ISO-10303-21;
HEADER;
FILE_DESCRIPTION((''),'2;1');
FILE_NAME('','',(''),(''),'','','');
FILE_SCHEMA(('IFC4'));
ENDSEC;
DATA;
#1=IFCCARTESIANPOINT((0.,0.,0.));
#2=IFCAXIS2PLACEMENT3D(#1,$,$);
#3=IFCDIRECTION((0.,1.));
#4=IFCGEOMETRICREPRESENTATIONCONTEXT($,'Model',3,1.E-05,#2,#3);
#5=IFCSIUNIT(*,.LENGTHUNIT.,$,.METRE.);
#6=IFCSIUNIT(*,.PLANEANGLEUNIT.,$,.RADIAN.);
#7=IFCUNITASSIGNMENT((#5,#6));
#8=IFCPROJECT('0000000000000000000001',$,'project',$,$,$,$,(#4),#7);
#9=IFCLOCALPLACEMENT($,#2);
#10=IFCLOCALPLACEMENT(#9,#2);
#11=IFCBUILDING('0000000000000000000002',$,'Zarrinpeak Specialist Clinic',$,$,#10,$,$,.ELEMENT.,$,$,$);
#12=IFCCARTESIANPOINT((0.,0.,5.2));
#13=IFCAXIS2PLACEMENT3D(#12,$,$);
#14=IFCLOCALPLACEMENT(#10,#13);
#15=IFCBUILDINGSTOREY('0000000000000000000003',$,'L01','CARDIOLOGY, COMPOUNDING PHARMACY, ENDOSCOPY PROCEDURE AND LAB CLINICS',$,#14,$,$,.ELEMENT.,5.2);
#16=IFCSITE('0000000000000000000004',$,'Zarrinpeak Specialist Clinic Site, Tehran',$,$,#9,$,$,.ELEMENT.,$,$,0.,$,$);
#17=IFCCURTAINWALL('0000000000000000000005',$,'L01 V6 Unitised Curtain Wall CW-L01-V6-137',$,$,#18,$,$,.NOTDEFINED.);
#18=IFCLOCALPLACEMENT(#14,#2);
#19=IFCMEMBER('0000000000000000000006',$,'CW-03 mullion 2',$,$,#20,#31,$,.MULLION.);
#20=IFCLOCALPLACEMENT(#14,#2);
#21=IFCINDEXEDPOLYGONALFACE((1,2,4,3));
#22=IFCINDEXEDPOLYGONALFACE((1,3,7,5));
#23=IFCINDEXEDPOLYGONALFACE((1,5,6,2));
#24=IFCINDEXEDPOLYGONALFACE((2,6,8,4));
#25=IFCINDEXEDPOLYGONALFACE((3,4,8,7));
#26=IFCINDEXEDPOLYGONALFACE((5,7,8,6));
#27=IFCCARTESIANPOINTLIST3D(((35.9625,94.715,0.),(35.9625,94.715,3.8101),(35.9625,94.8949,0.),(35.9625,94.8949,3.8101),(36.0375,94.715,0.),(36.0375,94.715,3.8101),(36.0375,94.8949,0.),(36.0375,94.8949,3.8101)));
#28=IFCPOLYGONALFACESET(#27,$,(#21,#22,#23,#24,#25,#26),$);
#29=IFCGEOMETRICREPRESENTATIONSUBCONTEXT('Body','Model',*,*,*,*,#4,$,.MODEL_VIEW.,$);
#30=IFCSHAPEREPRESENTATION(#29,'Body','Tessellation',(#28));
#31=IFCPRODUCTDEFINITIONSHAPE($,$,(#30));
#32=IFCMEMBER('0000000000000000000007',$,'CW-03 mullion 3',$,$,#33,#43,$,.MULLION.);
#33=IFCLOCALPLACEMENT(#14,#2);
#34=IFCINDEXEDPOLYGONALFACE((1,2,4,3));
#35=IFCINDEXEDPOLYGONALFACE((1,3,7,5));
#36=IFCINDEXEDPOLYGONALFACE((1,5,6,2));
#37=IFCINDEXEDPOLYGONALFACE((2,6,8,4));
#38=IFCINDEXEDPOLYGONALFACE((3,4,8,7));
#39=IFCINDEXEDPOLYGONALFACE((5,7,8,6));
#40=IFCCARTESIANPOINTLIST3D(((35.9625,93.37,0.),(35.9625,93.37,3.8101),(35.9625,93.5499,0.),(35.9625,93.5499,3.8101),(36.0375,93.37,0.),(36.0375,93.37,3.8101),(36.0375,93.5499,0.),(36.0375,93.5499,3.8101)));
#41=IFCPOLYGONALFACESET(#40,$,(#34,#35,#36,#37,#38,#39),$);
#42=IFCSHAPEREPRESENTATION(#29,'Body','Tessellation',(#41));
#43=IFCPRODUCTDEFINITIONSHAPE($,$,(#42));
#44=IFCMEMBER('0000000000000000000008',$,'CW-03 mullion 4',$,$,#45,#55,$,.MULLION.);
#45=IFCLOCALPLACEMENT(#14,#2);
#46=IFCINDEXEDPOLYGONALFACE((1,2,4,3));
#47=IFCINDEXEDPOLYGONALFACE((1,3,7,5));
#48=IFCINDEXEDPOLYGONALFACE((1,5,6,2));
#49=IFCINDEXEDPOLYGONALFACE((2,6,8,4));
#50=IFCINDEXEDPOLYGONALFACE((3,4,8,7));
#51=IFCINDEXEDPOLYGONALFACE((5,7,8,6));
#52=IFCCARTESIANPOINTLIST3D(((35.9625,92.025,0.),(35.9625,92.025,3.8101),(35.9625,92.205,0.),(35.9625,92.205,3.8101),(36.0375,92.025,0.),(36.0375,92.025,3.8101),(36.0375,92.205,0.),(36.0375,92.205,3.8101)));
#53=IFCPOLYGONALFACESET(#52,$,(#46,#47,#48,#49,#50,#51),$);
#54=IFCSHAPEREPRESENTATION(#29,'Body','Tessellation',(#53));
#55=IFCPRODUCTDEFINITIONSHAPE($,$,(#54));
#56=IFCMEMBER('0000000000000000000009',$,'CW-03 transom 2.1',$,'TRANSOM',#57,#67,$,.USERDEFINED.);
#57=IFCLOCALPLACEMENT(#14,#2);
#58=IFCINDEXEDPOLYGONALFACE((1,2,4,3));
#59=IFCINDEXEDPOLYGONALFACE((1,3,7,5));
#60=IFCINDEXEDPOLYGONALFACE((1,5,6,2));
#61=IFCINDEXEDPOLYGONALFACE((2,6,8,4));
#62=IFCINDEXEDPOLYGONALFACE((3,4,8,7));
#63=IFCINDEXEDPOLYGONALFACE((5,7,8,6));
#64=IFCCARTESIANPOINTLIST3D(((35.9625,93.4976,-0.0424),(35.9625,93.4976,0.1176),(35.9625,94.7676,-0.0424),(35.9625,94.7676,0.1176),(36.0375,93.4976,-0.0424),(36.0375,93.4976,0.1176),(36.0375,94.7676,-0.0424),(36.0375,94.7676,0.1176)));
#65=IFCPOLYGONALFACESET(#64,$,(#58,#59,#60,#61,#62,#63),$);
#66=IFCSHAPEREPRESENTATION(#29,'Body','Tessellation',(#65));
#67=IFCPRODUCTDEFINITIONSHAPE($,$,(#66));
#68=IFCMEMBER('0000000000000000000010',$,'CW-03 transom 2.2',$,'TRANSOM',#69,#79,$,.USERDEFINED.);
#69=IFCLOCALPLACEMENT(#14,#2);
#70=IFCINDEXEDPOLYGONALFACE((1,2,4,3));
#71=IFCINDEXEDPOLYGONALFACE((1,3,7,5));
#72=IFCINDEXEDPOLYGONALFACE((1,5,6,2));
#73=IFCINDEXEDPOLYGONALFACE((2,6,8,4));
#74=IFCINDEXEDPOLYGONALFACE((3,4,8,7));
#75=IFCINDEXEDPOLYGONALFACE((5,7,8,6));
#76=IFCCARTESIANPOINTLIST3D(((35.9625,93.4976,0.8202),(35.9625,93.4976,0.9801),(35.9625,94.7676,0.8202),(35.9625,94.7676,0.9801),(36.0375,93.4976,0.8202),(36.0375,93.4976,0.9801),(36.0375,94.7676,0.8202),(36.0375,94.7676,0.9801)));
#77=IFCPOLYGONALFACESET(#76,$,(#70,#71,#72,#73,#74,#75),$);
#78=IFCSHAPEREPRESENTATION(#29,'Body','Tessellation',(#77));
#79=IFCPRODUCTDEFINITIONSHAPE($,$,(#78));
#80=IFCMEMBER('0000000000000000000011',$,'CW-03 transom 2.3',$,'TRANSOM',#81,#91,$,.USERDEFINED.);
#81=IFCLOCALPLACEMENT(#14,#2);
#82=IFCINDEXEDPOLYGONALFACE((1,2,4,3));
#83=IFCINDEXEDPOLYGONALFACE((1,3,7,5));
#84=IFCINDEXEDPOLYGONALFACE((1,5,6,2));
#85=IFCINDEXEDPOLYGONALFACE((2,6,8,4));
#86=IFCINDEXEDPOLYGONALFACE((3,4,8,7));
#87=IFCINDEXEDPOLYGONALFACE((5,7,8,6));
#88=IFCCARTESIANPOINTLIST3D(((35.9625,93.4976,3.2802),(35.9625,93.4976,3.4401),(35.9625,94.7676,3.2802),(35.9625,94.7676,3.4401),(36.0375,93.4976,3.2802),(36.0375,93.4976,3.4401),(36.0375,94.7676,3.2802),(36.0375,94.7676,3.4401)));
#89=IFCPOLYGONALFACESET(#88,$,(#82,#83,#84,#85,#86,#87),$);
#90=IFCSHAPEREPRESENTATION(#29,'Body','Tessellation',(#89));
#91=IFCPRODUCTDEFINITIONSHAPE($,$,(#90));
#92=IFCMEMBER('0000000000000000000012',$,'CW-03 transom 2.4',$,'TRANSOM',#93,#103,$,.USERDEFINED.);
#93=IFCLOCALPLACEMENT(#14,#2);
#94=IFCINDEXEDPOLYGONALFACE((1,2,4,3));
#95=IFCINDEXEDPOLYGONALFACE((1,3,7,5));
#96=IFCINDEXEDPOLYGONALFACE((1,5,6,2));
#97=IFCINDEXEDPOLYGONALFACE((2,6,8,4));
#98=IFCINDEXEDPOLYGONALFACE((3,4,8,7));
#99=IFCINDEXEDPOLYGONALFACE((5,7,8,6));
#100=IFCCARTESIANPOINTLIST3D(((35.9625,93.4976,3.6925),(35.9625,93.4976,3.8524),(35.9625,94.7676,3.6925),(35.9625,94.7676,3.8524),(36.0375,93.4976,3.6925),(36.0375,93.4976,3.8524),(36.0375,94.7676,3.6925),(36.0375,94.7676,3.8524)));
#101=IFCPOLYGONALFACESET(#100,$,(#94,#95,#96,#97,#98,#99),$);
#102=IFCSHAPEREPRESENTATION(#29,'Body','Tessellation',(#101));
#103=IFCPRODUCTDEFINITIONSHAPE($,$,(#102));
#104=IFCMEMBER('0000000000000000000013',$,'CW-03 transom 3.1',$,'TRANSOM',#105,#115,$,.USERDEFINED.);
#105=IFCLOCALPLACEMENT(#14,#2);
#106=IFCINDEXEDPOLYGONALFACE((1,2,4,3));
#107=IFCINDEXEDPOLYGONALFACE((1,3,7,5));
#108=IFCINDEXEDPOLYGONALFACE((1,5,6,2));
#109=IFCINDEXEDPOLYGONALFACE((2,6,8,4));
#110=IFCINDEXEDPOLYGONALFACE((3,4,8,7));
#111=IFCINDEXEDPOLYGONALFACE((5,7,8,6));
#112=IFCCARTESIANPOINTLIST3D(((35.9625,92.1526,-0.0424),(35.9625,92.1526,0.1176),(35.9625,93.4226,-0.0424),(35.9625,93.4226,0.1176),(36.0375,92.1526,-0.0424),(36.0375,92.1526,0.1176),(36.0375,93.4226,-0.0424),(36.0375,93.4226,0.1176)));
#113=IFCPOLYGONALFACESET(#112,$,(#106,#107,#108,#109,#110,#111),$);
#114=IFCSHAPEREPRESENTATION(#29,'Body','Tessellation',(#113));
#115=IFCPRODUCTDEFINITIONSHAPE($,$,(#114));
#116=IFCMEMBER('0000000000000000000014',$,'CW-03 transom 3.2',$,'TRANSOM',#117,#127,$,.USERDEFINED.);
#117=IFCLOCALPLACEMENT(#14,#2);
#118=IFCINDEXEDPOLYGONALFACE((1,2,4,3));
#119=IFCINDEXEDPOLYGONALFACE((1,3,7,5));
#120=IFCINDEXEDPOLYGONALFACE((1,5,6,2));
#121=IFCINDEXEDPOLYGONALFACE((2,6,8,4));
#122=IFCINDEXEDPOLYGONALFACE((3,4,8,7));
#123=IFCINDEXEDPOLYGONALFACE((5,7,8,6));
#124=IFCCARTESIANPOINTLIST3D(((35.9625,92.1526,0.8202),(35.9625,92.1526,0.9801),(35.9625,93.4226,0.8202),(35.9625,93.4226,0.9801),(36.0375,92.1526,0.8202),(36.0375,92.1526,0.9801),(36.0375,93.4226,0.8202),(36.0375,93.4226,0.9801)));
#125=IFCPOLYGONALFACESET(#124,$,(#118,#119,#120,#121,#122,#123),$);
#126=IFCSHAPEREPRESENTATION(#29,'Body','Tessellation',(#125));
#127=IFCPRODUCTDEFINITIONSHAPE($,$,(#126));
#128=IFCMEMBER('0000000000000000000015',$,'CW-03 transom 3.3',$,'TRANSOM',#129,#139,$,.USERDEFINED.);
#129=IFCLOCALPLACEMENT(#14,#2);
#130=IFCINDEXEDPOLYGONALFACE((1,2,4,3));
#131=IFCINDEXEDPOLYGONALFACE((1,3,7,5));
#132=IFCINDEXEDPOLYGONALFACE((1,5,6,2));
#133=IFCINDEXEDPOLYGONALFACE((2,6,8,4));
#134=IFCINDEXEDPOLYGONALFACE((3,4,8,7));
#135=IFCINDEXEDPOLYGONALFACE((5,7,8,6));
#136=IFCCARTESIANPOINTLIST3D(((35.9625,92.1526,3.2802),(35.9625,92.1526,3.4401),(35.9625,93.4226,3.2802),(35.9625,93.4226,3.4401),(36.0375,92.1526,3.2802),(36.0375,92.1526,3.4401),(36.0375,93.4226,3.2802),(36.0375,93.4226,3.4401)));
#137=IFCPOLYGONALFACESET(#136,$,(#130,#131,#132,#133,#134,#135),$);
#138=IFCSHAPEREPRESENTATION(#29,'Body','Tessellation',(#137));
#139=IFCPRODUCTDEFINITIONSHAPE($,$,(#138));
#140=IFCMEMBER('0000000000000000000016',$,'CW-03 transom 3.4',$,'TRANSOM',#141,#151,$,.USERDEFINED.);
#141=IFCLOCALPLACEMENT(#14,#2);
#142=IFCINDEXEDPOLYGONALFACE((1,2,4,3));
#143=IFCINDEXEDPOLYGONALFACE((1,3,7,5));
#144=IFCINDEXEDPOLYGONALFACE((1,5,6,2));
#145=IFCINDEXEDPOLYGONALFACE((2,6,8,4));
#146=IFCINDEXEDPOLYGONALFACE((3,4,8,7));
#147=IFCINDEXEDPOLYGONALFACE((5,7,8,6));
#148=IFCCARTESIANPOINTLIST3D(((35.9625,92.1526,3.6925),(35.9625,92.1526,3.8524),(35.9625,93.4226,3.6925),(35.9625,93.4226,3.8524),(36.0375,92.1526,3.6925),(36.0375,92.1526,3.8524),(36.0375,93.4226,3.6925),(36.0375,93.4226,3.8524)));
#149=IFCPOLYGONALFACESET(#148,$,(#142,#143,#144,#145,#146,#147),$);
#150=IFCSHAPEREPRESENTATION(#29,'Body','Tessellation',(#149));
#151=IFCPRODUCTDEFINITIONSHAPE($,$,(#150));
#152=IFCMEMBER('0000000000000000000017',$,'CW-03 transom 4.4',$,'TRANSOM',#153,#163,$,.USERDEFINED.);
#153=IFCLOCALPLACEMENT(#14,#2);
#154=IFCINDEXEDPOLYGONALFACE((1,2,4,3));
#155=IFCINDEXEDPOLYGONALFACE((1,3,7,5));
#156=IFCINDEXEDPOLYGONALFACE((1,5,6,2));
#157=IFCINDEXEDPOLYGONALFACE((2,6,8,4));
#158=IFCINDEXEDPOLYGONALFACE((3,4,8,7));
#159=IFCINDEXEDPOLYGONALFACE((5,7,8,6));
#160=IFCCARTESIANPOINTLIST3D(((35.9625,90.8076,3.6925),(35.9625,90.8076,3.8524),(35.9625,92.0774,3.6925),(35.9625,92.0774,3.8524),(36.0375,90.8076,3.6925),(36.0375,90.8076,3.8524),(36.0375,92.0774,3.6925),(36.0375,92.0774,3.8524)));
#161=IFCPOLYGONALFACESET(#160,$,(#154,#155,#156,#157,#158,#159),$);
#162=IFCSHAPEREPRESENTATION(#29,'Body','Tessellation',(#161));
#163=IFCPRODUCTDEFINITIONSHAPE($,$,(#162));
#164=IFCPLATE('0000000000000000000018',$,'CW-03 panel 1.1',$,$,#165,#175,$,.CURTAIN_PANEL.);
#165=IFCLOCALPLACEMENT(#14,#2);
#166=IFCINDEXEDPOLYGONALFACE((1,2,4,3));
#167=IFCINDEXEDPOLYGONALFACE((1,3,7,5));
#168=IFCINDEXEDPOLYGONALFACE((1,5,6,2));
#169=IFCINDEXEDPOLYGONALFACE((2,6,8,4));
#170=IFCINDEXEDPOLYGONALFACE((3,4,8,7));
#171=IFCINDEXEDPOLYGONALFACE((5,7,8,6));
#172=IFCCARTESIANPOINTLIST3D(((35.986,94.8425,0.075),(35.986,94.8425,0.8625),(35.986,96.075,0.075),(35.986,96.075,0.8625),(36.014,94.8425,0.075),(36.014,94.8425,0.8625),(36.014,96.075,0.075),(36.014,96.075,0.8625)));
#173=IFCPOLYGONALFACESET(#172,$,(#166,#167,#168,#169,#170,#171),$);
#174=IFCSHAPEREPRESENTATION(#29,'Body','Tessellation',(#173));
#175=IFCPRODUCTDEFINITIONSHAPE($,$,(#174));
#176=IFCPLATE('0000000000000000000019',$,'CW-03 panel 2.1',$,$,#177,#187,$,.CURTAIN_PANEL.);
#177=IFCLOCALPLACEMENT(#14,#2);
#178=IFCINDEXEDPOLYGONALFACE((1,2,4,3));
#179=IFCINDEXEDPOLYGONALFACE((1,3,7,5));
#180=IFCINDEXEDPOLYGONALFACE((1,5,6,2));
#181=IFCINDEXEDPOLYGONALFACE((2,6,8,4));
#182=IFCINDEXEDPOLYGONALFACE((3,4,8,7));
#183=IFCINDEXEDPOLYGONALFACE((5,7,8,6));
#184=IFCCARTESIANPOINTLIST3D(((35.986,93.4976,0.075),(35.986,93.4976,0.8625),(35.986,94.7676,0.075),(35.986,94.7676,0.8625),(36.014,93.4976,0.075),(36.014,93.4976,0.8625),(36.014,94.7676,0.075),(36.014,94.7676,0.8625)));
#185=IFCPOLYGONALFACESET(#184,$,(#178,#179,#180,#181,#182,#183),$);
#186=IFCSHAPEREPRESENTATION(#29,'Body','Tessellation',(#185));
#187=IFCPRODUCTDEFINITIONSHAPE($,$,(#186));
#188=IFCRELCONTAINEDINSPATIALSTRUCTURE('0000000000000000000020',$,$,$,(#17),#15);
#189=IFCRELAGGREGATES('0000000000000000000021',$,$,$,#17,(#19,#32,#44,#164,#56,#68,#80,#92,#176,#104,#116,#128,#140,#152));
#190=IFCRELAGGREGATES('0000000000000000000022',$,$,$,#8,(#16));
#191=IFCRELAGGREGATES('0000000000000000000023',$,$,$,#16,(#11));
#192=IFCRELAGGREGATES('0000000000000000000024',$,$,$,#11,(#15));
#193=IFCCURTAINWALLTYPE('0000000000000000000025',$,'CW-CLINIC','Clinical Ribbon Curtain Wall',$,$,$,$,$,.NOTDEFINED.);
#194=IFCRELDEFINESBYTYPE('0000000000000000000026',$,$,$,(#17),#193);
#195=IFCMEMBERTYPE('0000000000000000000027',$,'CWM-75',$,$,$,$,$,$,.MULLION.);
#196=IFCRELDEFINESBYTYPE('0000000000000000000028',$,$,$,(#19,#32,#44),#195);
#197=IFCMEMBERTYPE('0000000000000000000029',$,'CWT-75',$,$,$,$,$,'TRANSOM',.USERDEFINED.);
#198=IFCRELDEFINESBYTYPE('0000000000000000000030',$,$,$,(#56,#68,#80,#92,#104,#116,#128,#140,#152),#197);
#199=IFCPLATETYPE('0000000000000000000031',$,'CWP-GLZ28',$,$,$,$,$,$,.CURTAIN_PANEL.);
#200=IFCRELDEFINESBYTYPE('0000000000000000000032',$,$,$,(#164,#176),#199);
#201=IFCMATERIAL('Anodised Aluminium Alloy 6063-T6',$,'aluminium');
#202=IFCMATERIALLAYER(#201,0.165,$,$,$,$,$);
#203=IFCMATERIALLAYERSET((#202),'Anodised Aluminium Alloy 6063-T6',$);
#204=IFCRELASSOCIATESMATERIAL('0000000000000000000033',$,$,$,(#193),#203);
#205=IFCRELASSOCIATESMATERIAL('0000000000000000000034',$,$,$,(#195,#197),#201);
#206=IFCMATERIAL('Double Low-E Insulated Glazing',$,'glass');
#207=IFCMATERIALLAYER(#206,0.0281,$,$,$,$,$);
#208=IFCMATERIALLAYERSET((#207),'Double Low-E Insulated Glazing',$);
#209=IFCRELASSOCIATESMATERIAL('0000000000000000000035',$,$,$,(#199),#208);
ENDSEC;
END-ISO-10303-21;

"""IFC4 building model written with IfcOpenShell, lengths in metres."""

from ifc_helpers import new_model, si_unit, direction, frame, origin, origin_2d, place, context, subcontext, project, spatial, rectangle, extrude, material, layer, layer_set, material_profile, profile_set, type_object, element, aggregate, save


model = new_model("IFC4")

# Units and contexts
model_context = context("Model", 3, precision=1e-05, world=origin(), true_north=direction((0.0, 1.0)))
body_context = subcontext(model_context, "Body", "Model", "MODEL_VIEW")
ifc_project = project(units=[si_unit("LENGTHUNIT", "METRE"), si_unit("PLANEANGLEUNIT", "RADIAN")], contexts=[model_context])

# Site, building, storey
site_placement = place(None, origin())
site = spatial("IfcSite", under=ifc_project, at=site_placement, Name="Zarrinpeak Specialist Clinic Site, Tehran", CompositionType="ELEMENT", RefElevation=0.0)
building_placement = place(site_placement, origin())
building = spatial("IfcBuilding", under=site, at=building_placement, Name="Zarrinpeak Specialist Clinic", CompositionType="ELEMENT")
storey_placement = place(building_placement, frame((0.0, 0.0, 5.2)))
storey = spatial("IfcBuildingStorey", under=building, at=storey_placement, Name="L01", Description="CARDIOLOGY, COMPOUNDING PHARMACY, ENDOSCOPY PROCEDURE AND LAB CLINICS", CompositionType="ELEMENT", Elevation=5.2)

# Curtain wall, members, plates
ifc_material_1 = material(Name="Anodised Aluminium Alloy 6063-T6", Category="aluminium")
ifc_layer_1 = layer(ifc_material_1, 0.165)
ifc_layer_set_1 = layer_set([ifc_layer_1], Name="Anodised Aluminium Alloy 6063-T6")
curtain_wall_type = type_object("IfcCurtainWallType", Name="CW-CLINIC", Description="Clinical Ribbon Curtain Wall", PredefinedType="NOTDEFINED", material=ifc_layer_set_1)
curtain_wall_placement = place(storey_placement, origin())
curtain_wall = element("IfcCurtainWall", 1, at=curtain_wall_placement, inside=storey, type_object=curtain_wall_type, Name="L01 V6 Unitised Curtain Wall CW-L01-V6-137", PredefinedType="NOTDEFINED")
ifc_material_profile_1 = material_profile(ifc_material_1, rectangle(XDim=0.075, YDim=0.1799, at=origin_2d()), Name="ALU 75x180")
ifc_profile_set_1 = profile_set([ifc_material_profile_1], Name="Anodised Aluminium Alloy 6063-T6")
member_type_1 = type_object("IfcMemberType", Name="CWM-75", PredefinedType="MULLION", material=ifc_profile_set_1)
member_1_placement = place(storey_placement, frame((36.0, 94.8049, 0.0), z_axis=(0.0, 0.0, 1.0), x_axis=(1.0, 0.0, 0.0)))
member_1 = element("IfcMember", 2, at=member_1_placement, type_object=member_type_1, Name="CW-03 mullion 2", PredefinedType="MULLION", context=body_context, shape_type="SweptSolid", body=[
    extrude(rectangle(XDim=0.075, YDim=0.1799, at=origin_2d()), origin(), (0.0, 0.0, 1.0), 3.8101),
])
member_2_placement = place(storey_placement, frame((36.0, 93.46, 0.0), z_axis=(0.0, 0.0, 1.0), x_axis=(1.0, 0.0, 0.0)))
member_2 = element("IfcMember", 3, at=member_2_placement, type_object=member_type_1, Name="CW-03 mullion 3", PredefinedType="MULLION", context=body_context, shape_type="SweptSolid", body=[
    extrude(rectangle(XDim=0.075, YDim=0.1799, at=origin_2d()), origin(), (0.0, 0.0, 1.0), 3.8101),
])
member_3_placement = place(storey_placement, frame((36.0, 92.115, 0.0), z_axis=(0.0, 0.0, 1.0), x_axis=(1.0, 0.0, 0.0)))
member_3 = element("IfcMember", 4, at=member_3_placement, type_object=member_type_1, Name="CW-03 mullion 4", PredefinedType="MULLION", context=body_context, shape_type="SweptSolid", body=[
    extrude(rectangle(XDim=0.075, YDim=0.1799, at=origin_2d()), origin(), (0.0, 0.0, 1.0), 3.8101),
])
ifc_material_profile_2 = material_profile(ifc_material_1, rectangle(XDim=0.075, YDim=0.1599, at=origin_2d()), Name="ALU 75x160")
ifc_profile_set_2 = profile_set([ifc_material_profile_2], Name="Anodised Aluminium Alloy 6063-T6")
member_type_2 = type_object("IfcMemberType", Name="CWT-75", ElementType="TRANSOM", PredefinedType="USERDEFINED", material=ifc_profile_set_2)
member_4_placement = place(storey_placement, frame((36.0, 94.7676, 0.0376), z_axis=(0.0, -1.0, 0.0), x_axis=(1.0, 0.0, 0.0)))
member_4 = element("IfcMember", 5, at=member_4_placement, type_object=member_type_2, Name="CW-03 transom 2.1", ObjectType="TRANSOM", PredefinedType="USERDEFINED", context=body_context, shape_type="SweptSolid", body=[
    extrude(rectangle(XDim=0.075, YDim=0.1599, at=origin_2d()), origin(), (0.0, 0.0, 1.0), 1.27),
])
member_5_placement = place(storey_placement, frame((36.0, 94.7676, 0.9001), z_axis=(0.0, -1.0, 0.0), x_axis=(1.0, 0.0, 0.0)))
member_5 = element("IfcMember", 6, at=member_5_placement, type_object=member_type_2, Name="CW-03 transom 2.2", ObjectType="TRANSOM", PredefinedType="USERDEFINED", context=body_context, shape_type="SweptSolid", body=[
    extrude(rectangle(XDim=0.075, YDim=0.1599, at=origin_2d()), origin(), (0.0, 0.0, 1.0), 1.27),
])
member_6_placement = place(storey_placement, frame((36.0, 94.7676, 3.3601), z_axis=(0.0, -1.0, 0.0), x_axis=(1.0, 0.0, 0.0)))
member_6 = element("IfcMember", 7, at=member_6_placement, type_object=member_type_2, Name="CW-03 transom 2.3", ObjectType="TRANSOM", PredefinedType="USERDEFINED", context=body_context, shape_type="SweptSolid", body=[
    extrude(rectangle(XDim=0.075, YDim=0.1599, at=origin_2d()), origin(), (0.0, 0.0, 1.0), 1.27),
])
member_7_placement = place(storey_placement, frame((36.0, 94.7676, 3.7725), z_axis=(0.0, -1.0, 0.0), x_axis=(1.0, 0.0, 0.0)))
member_7 = element("IfcMember", 8, at=member_7_placement, type_object=member_type_2, Name="CW-03 transom 2.4", ObjectType="TRANSOM", PredefinedType="USERDEFINED", context=body_context, shape_type="SweptSolid", body=[
    extrude(rectangle(XDim=0.075, YDim=0.1599, at=origin_2d()), origin(), (0.0, 0.0, 1.0), 1.27),
])
member_8_placement = place(storey_placement, frame((36.0, 93.4226, 0.0376), z_axis=(0.0, -1.0, 0.0), x_axis=(1.0, 0.0, 0.0)))
member_8 = element("IfcMember", 9, at=member_8_placement, type_object=member_type_2, Name="CW-03 transom 3.1", ObjectType="TRANSOM", PredefinedType="USERDEFINED", context=body_context, shape_type="SweptSolid", body=[
    extrude(rectangle(XDim=0.075, YDim=0.1599, at=origin_2d()), origin(), (0.0, 0.0, 1.0), 1.27),
])
member_9_placement = place(storey_placement, frame((36.0, 93.4226, 0.9001), z_axis=(0.0, -1.0, 0.0), x_axis=(1.0, 0.0, 0.0)))
member_9 = element("IfcMember", 10, at=member_9_placement, type_object=member_type_2, Name="CW-03 transom 3.2", ObjectType="TRANSOM", PredefinedType="USERDEFINED", context=body_context, shape_type="SweptSolid", body=[
    extrude(rectangle(XDim=0.075, YDim=0.1599, at=origin_2d()), origin(), (0.0, 0.0, 1.0), 1.27),
])
member_10_placement = place(storey_placement, frame((36.0, 93.4226, 3.3601), z_axis=(0.0, -1.0, 0.0), x_axis=(1.0, 0.0, 0.0)))
member_10 = element("IfcMember", 11, at=member_10_placement, type_object=member_type_2, Name="CW-03 transom 3.3", ObjectType="TRANSOM", PredefinedType="USERDEFINED", context=body_context, shape_type="SweptSolid", body=[
    extrude(rectangle(XDim=0.075, YDim=0.1599, at=origin_2d()), origin(), (0.0, 0.0, 1.0), 1.27),
])
member_11_placement = place(storey_placement, frame((36.0, 93.4226, 3.7725), z_axis=(0.0, -1.0, 0.0), x_axis=(1.0, 0.0, 0.0)))
member_11 = element("IfcMember", 12, at=member_11_placement, type_object=member_type_2, Name="CW-03 transom 3.4", ObjectType="TRANSOM", PredefinedType="USERDEFINED", context=body_context, shape_type="SweptSolid", body=[
    extrude(rectangle(XDim=0.075, YDim=0.1599, at=origin_2d()), origin(), (0.0, 0.0, 1.0), 1.27),
])
member_12_placement = place(storey_placement, frame((36.0, 92.0774, 3.7725), z_axis=(0.0, -1.0, 0.0), x_axis=(1.0, 0.0, 0.0)))
member_12 = element("IfcMember", 13, at=member_12_placement, type_object=member_type_2, Name="CW-03 transom 4.4", ObjectType="TRANSOM", PredefinedType="USERDEFINED", context=body_context, shape_type="SweptSolid", body=[
    extrude(rectangle(XDim=0.075, YDim=0.1599, at=origin_2d()), origin(), (0.0, 0.0, 1.0), 1.2698),
])
ifc_material_2 = material(Name="Double Low-E Insulated Glazing", Category="glass")
ifc_layer_2 = layer(ifc_material_2, 0.0281)
ifc_layer_set_2 = layer_set([ifc_layer_2], Name="Double Low-E Insulated Glazing")
plate_type = type_object("IfcPlateType", Name="CWP-GLZ28", PredefinedType="CURTAIN_PANEL", material=ifc_layer_set_2)
plate_1_placement = place(storey_placement, frame((36.0, 95.4587, 0.075), z_axis=(0.0, 0.0, 1.0), x_axis=(0.0, -1.0, 0.0)))
plate_1 = element("IfcPlate", 14, at=plate_1_placement, type_object=plate_type, Name="CW-03 panel 1.1", PredefinedType="CURTAIN_PANEL", context=body_context, shape_type="SweptSolid", body=[
    extrude(rectangle(XDim=1.2324, YDim=0.0281, at=origin_2d()), origin(), (0.0, 0.0, 1.0), 0.7876),
])
plate_2_placement = place(storey_placement, frame((36.0, 94.1326, 0.075), z_axis=(0.0, 0.0, 1.0), x_axis=(0.0, -1.0, 0.0)))
plate_2 = element("IfcPlate", 15, at=plate_2_placement, type_object=plate_type, Name="CW-03 panel 2.1", PredefinedType="CURTAIN_PANEL", context=body_context, shape_type="SweptSolid", body=[
    extrude(rectangle(XDim=1.27, YDim=0.0281, at=origin_2d()), origin(), (0.0, 0.0, 1.0), 0.7876),
])
aggregate(curtain_wall, [member_1, member_2, member_3, plate_1, member_4, member_5, member_6, member_7, plate_2, member_8, member_9, member_10, member_11, member_12])

save(model, "model.ifc")
